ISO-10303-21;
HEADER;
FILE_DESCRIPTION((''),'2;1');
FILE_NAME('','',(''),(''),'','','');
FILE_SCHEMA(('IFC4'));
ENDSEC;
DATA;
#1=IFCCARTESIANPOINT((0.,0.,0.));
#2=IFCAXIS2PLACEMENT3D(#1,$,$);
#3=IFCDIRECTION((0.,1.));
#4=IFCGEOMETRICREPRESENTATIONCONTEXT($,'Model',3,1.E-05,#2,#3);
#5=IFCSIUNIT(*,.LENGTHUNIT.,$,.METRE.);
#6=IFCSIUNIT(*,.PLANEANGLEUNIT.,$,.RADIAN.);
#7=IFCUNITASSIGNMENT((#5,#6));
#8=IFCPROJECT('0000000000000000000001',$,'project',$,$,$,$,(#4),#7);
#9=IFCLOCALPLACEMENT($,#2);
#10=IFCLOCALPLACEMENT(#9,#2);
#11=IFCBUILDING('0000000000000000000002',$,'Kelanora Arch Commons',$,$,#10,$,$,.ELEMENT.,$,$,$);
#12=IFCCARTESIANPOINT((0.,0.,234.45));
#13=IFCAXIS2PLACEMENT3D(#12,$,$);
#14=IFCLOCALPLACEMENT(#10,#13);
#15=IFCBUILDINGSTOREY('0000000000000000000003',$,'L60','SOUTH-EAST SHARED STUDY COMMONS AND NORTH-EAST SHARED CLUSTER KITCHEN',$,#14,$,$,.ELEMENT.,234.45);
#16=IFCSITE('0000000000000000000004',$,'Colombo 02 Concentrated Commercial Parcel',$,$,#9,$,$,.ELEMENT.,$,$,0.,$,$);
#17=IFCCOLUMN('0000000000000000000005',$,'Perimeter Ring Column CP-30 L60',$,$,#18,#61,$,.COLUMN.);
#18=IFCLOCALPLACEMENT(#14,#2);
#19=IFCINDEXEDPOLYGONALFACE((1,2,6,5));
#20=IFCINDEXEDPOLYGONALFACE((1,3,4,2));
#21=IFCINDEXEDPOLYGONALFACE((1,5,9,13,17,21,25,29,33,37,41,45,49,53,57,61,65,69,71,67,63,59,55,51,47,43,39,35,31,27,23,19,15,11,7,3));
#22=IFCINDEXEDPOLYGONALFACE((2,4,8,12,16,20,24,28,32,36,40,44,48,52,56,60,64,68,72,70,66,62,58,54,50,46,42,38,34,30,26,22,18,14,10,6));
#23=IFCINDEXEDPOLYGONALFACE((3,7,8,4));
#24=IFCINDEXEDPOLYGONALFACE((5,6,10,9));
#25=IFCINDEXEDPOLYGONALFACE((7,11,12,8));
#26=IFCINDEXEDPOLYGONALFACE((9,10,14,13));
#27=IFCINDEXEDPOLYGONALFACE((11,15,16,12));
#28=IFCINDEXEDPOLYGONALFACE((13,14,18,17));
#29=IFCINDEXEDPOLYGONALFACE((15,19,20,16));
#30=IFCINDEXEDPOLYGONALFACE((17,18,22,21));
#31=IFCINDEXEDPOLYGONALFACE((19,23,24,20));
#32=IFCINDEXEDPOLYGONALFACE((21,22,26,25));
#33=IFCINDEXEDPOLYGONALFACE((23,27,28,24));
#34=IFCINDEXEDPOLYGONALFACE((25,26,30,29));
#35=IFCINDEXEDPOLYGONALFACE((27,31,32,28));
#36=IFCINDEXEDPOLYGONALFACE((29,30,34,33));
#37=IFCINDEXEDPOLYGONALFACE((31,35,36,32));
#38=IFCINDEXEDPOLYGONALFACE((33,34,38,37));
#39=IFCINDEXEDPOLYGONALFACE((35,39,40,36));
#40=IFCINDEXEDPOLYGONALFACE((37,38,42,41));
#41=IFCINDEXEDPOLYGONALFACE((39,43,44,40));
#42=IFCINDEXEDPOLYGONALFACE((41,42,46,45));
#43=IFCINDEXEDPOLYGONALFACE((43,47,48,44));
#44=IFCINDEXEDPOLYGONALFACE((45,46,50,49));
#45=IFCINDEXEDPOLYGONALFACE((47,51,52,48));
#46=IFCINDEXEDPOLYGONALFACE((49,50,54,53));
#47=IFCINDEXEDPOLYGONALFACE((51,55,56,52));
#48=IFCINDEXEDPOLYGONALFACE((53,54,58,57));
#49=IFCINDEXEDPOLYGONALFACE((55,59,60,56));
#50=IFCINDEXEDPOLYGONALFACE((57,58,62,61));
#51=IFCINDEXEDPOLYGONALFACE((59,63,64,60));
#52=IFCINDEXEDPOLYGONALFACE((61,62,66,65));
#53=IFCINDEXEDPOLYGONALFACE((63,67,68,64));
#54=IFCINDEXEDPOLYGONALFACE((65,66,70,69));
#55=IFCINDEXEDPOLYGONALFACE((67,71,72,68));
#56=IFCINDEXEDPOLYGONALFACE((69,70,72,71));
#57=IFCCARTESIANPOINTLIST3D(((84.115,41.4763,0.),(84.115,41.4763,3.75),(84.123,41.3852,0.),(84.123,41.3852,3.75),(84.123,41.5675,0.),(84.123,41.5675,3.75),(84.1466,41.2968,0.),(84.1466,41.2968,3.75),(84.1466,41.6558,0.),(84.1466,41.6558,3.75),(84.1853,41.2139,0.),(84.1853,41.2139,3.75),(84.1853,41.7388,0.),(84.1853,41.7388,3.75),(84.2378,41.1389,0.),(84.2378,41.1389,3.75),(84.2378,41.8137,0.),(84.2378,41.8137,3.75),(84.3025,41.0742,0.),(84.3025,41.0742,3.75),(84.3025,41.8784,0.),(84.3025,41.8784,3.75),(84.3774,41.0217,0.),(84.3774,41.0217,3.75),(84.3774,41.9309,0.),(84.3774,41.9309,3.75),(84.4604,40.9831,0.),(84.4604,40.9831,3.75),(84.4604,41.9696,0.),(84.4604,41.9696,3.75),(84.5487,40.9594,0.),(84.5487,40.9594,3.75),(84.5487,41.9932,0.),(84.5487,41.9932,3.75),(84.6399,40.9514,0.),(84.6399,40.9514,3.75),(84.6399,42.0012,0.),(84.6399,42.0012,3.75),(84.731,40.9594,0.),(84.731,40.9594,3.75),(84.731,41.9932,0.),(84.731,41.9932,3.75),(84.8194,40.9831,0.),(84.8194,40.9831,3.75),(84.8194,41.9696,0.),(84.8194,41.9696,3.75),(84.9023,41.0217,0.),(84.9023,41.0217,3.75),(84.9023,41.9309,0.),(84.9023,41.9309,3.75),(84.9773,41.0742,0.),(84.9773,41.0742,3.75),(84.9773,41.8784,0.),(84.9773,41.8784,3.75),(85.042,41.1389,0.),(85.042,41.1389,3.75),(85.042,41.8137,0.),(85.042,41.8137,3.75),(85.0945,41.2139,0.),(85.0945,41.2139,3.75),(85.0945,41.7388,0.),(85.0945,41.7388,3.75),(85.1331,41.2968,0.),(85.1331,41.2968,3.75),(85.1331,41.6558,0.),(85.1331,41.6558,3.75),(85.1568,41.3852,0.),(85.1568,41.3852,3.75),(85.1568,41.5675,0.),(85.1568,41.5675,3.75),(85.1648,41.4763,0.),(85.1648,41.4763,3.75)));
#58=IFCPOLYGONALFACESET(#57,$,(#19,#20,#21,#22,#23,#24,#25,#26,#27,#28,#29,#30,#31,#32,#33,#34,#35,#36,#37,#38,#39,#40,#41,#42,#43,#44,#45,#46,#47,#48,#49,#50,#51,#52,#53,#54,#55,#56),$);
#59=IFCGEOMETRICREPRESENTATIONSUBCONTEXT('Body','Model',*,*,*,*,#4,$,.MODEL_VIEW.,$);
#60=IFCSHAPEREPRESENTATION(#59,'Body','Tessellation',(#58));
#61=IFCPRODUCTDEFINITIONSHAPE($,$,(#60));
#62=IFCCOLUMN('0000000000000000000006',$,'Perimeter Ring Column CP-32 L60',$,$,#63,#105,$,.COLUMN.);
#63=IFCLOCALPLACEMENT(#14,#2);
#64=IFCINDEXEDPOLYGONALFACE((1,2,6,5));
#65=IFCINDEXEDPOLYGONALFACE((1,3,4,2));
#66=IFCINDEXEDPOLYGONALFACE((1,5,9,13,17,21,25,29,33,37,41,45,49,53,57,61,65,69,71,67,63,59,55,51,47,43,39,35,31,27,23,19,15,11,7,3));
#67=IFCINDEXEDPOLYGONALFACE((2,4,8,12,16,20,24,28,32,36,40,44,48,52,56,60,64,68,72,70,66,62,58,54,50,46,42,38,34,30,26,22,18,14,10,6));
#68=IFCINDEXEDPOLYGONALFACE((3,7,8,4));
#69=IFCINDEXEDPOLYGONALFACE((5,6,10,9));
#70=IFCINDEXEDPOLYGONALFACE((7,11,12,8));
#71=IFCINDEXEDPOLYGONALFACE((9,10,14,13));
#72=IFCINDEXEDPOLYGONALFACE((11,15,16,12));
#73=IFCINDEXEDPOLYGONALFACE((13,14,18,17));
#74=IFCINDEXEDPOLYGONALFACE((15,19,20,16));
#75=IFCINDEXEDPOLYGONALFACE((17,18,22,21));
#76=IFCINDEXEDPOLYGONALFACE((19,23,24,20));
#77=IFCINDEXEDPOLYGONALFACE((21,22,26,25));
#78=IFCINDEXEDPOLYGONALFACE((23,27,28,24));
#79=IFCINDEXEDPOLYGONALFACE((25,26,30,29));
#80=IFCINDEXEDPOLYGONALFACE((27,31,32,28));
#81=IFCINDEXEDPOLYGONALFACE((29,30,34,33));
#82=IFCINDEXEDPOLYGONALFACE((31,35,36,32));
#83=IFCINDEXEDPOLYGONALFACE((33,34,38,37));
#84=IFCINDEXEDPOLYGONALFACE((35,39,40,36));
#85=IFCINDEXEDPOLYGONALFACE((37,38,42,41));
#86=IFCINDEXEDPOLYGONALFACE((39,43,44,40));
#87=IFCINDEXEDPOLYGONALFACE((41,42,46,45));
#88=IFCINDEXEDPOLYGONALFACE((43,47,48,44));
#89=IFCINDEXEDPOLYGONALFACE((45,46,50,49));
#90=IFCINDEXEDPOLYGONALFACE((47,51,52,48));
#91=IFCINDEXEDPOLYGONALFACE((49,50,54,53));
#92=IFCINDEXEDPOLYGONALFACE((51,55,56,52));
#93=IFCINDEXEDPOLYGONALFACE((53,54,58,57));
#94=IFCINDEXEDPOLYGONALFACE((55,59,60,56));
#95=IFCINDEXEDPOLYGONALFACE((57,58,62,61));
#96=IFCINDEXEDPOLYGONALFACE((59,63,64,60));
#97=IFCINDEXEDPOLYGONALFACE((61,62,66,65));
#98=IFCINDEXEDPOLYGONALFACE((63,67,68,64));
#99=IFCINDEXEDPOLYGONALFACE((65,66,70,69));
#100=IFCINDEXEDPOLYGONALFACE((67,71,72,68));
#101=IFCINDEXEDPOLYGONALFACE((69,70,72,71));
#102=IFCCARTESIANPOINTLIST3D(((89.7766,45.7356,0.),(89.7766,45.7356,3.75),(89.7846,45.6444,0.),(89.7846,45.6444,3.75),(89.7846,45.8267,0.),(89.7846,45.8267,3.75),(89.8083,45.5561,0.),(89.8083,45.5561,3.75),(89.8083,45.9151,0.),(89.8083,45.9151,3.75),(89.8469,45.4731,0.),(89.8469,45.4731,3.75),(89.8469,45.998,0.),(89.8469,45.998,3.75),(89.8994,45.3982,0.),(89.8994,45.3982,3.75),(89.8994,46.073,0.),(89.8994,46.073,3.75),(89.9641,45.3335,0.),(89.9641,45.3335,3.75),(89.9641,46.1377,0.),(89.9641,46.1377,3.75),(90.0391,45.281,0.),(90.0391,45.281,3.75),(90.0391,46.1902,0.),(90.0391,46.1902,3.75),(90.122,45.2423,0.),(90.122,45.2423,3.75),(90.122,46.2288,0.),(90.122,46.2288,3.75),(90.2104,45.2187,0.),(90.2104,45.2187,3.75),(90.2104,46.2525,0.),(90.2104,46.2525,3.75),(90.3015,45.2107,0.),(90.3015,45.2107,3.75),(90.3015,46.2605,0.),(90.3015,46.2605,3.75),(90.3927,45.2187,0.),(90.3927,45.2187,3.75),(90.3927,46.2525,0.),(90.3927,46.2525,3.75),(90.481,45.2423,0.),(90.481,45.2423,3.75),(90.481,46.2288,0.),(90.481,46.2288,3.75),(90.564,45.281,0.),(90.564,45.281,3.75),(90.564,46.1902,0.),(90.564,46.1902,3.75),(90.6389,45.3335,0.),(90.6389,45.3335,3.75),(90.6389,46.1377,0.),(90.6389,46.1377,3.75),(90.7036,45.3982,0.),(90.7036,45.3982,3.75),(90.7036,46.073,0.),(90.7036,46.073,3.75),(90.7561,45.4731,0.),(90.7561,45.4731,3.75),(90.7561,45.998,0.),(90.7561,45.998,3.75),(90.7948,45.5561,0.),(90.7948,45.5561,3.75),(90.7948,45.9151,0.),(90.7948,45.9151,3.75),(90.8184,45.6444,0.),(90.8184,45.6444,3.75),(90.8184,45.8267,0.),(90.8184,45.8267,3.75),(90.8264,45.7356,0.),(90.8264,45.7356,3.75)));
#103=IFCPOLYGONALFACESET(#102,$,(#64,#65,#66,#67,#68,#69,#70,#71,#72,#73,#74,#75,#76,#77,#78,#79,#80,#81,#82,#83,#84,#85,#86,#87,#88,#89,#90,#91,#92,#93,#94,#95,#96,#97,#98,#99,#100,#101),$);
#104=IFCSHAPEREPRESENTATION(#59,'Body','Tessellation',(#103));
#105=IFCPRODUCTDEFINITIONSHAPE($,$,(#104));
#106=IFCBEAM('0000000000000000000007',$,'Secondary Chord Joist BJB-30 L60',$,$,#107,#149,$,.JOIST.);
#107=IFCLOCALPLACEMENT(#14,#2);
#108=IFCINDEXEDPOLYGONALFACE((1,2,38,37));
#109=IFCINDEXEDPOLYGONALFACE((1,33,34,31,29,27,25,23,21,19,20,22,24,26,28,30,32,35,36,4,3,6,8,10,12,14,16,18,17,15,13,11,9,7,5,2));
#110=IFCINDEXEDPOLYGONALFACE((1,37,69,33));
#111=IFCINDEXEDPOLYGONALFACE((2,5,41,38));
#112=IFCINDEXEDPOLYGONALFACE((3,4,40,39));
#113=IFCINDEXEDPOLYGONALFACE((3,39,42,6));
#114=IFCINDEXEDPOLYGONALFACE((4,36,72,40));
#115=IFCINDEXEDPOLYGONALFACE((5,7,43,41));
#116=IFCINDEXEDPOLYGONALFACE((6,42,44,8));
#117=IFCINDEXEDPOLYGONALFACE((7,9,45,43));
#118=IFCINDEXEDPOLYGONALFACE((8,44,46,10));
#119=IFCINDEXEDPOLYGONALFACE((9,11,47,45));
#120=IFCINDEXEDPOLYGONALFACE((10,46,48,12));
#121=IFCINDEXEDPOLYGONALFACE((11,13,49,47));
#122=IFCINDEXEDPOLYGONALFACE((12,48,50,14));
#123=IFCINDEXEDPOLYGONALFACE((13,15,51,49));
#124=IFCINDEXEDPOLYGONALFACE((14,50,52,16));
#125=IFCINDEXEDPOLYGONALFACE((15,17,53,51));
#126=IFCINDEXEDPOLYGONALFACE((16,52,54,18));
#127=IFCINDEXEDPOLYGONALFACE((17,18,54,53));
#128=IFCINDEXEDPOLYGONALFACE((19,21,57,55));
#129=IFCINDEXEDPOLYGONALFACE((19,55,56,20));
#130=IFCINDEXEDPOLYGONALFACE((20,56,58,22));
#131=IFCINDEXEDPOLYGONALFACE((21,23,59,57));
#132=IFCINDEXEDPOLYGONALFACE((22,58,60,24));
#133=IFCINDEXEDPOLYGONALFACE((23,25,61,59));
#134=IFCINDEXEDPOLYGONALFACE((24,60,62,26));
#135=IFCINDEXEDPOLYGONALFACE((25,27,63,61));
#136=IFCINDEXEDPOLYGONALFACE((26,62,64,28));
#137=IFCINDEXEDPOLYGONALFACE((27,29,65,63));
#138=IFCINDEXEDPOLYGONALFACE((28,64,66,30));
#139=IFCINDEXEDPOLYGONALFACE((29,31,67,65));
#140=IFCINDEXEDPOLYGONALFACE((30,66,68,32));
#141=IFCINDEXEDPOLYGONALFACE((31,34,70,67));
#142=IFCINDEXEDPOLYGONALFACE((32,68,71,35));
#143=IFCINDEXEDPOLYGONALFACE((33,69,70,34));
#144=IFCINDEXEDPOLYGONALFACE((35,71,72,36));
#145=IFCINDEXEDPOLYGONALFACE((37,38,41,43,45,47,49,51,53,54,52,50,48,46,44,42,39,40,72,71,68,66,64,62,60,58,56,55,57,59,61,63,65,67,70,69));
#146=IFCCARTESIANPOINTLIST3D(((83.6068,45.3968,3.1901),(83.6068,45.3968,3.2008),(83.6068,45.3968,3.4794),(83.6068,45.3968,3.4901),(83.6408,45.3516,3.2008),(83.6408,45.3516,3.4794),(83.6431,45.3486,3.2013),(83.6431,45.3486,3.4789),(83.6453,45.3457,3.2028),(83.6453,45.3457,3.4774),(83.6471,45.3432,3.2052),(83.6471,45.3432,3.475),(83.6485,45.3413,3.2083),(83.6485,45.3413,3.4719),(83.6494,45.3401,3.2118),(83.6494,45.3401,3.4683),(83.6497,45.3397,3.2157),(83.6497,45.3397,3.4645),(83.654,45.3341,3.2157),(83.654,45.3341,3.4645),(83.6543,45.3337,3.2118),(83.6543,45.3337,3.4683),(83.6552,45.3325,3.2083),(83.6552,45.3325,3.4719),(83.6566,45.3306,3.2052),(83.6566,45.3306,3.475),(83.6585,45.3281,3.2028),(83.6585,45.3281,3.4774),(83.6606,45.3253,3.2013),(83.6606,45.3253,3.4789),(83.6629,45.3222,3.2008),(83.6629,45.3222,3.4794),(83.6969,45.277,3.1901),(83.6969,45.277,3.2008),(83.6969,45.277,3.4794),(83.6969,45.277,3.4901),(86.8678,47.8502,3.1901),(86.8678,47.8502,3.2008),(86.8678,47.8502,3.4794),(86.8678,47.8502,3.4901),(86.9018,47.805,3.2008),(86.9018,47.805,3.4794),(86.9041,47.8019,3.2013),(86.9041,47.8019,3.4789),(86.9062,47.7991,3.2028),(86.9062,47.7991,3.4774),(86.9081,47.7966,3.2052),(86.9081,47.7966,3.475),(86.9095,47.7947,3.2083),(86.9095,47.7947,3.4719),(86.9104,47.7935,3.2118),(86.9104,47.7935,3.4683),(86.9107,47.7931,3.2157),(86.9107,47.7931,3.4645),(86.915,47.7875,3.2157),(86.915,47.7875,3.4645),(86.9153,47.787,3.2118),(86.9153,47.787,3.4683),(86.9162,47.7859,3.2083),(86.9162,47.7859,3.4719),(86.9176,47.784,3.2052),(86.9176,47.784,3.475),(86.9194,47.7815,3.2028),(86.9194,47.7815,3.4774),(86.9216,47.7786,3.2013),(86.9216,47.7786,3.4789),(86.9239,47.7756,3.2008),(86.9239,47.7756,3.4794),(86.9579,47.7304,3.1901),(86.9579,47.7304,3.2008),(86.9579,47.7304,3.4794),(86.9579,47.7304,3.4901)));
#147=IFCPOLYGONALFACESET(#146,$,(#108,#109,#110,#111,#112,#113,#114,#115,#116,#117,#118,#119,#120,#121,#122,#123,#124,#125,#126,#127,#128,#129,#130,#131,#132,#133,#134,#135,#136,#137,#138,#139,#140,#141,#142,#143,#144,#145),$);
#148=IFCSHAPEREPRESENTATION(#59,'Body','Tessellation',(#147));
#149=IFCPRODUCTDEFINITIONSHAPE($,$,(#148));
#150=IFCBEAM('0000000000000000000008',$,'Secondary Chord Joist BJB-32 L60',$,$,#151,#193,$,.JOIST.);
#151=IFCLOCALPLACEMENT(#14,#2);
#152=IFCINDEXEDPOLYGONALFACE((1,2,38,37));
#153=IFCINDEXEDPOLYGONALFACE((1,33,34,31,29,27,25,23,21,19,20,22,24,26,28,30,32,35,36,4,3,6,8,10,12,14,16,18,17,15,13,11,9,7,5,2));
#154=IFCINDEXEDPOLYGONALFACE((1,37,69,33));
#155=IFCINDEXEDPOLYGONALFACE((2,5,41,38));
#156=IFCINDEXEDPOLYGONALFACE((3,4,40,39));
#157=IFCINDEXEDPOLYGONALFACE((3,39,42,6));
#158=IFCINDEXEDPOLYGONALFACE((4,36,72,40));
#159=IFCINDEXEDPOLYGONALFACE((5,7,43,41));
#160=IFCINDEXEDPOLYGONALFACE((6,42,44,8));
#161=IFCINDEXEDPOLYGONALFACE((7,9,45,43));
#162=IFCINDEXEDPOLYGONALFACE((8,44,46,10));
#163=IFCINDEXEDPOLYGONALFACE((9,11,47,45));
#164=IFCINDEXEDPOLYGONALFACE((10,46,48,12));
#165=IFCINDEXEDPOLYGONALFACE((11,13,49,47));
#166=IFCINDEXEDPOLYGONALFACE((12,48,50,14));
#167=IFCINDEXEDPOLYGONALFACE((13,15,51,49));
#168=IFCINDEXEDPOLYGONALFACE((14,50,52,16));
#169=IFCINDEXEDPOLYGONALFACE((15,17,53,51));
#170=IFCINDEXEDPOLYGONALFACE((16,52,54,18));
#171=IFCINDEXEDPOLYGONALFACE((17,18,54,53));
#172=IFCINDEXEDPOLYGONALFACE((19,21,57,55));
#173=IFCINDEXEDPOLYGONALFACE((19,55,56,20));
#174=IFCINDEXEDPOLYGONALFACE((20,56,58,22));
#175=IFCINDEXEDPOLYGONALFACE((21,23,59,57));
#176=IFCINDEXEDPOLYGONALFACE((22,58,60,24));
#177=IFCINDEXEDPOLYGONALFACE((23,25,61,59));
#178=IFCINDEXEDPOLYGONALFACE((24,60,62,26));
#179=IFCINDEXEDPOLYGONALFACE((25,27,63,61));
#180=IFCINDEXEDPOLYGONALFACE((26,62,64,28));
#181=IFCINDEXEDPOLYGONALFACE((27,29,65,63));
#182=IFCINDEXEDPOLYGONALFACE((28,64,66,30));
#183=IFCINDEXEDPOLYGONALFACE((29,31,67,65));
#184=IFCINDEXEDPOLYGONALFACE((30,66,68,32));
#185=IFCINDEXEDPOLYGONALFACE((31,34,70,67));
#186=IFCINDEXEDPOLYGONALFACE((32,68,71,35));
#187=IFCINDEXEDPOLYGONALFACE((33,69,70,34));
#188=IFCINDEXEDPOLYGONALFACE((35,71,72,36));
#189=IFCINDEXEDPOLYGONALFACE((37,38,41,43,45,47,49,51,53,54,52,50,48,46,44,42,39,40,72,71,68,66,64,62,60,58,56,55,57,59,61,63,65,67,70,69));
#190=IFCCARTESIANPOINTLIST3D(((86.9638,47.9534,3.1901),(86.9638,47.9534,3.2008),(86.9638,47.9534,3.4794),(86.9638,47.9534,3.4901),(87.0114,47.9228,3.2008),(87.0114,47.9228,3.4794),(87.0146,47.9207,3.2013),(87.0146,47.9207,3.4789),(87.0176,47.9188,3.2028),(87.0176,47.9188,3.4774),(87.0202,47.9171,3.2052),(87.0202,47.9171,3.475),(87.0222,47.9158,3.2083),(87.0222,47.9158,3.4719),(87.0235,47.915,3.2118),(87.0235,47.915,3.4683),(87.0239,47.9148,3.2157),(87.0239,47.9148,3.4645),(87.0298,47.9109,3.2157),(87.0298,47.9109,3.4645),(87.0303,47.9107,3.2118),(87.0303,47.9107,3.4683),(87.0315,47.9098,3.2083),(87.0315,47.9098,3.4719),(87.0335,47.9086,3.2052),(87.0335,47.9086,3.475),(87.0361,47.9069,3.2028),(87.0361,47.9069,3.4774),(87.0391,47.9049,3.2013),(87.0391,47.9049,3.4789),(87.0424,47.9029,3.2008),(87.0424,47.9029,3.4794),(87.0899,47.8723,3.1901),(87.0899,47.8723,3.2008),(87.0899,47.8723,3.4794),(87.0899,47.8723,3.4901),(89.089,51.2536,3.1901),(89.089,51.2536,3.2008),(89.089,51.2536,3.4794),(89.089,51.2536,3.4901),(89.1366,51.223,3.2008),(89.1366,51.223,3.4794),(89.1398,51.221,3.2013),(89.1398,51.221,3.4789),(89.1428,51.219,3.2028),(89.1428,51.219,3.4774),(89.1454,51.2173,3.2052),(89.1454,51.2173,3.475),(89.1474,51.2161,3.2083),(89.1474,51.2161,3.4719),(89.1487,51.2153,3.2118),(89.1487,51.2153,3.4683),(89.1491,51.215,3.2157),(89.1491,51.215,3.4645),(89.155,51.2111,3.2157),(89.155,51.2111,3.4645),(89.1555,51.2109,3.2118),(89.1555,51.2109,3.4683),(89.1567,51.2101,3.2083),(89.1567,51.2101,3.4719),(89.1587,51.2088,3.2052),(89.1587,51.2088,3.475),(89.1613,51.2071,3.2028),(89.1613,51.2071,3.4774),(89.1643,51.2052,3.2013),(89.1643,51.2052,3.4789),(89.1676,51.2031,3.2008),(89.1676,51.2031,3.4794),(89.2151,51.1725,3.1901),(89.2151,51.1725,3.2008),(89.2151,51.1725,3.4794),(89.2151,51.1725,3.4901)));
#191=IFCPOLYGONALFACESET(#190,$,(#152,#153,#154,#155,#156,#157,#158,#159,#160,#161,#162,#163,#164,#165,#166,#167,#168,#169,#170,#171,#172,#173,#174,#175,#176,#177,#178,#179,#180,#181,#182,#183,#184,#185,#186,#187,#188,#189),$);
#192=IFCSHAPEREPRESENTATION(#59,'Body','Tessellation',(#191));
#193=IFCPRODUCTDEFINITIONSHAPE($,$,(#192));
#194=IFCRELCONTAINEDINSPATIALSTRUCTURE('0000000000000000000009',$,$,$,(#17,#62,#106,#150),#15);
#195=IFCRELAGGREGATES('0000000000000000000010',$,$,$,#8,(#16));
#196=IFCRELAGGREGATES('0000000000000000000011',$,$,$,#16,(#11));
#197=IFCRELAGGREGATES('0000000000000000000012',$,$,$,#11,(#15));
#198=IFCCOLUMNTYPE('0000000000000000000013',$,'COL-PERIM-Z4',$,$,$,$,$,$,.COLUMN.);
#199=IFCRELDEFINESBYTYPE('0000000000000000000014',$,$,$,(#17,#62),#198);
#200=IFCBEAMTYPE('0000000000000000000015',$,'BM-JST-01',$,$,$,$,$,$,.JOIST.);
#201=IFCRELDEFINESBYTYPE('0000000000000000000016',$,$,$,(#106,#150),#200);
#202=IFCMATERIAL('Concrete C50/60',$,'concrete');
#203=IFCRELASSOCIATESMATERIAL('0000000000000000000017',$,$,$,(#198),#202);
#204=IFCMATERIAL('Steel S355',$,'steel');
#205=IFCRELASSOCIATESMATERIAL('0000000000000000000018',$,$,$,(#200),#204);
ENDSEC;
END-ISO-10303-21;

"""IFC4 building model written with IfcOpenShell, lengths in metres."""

from ifc_helpers import new_model, si_unit, direction, frame, origin, origin_2d, place, context, subcontext, project, spatial, circle, i_section, extrude, material, material_profile, profile_set, type_object, element, save


model = new_model("IFC4")

# Units and contexts
model_context = context("Model", 3, precision=1e-05, world=origin(), true_north=direction((0.0, 1.0)))
body_context = subcontext(model_context, "Body", "Model", "MODEL_VIEW")
ifc_project = project(units=[si_unit("LENGTHUNIT", "METRE"), si_unit("PLANEANGLEUNIT", "RADIAN")], contexts=[model_context])

# Site, building, storey
site_placement = place(None, origin())
site = spatial("IfcSite", under=ifc_project, at=site_placement, Name="Colombo 02 Concentrated Commercial Parcel", CompositionType="ELEMENT", RefElevation=0.0)
building_placement = place(site_placement, origin())
building = spatial("IfcBuilding", under=site, at=building_placement, Name="Kelanora Arch Commons", CompositionType="ELEMENT")
storey_placement = place(building_placement, frame((0.0, 0.0, 234.45)))
storey = spatial("IfcBuildingStorey", under=building, at=storey_placement, Name="L60", Description="SOUTH-EAST SHARED STUDY COMMONS AND NORTH-EAST SHARED CLUSTER KITCHEN", CompositionType="ELEMENT", Elevation=234.45)

# Columns
ifc_material_1 = material(Name="Concrete C50/60", Category="concrete")
ifc_material_profile_1 = material_profile(ifc_material_1, circle(Radius=0.5249, at=origin_2d()), Name="RCC1050")
ifc_profile_set_1 = profile_set([ifc_material_profile_1], Name="Concrete C50/60")
column_type = type_object("IfcColumnType", Name="COL-PERIM-Z4", PredefinedType="COLUMN", material=ifc_profile_set_1)
for number, where, z_axis, x_axis, name in (
    (1, (84.6399, 41.4763, 0.0), (0.0, 0.0, 1.0), (1.0, 0.0, 0.0), "Perimeter Ring Column CP-30 L60"),
    (2, (90.3015, 45.7356, 0.0), (0.0, 0.0, 1.0), (1.0, 0.0, 0.0), "Perimeter Ring Column CP-32 L60"),
):
    element("IfcColumn", number, at=place(storey_placement, frame(where, z_axis=z_axis, x_axis=x_axis)), inside=storey, type_object=column_type, Name=name, PredefinedType="COLUMN", context=body_context, shape_type="SweptSolid", body=[
        extrude(circle(Radius=0.5249, at=origin_2d()), origin(), (0.0, 0.0, 1.0), 3.75),
    ])

# Beams
ifc_material_2 = material(Name="Steel S355", Category="steel")
ifc_material_profile_2 = material_profile(ifc_material_2, i_section(OverallWidth=0.1499, OverallDepth=0.3, WebThickness=0.0071, FlangeThickness=0.0107, FilletRadius=0.0149, at=origin_2d()), Name="IPE300")
ifc_profile_set_2 = profile_set([ifc_material_profile_2], Name="Steel S355")
beam_type_1 = type_object("IfcBeamType", Name="BM-JST-01", PredefinedType="JOIST", material=ifc_profile_set_2)
beam_1_placement = place(storey_placement, frame((83.6519, 45.3369, 3.3401), z_axis=(0.799102, 0.601196, 0.0), x_axis=(-0.601196, 0.799102, 0.0)))
element("IfcBeam", 3, at=beam_1_placement, inside=storey, type_object=beam_type_1, Name="Secondary Chord Joist BJB-30 L60", PredefinedType="JOIST", context=body_context, shape_type="SweptSolid", body=[
    extrude(i_section(OverallWidth=0.1499, OverallDepth=0.3, WebThickness=0.0071, FlangeThickness=0.0107, FilletRadius=0.0149, at=origin_2d()), origin(), (0.0, 0.0, 1.0), 4.0808),
])
beam_2_placement = place(storey_placement, frame((87.0269, 47.9128, 3.3401), z_axis=(0.541411, 0.840758, 0.0), x_axis=(-0.840758, 0.541411, 0.0)))
element("IfcBeam", 4, at=beam_2_placement, inside=storey, type_object=beam_type_1, Name="Secondary Chord Joist BJB-32 L60", PredefinedType="JOIST", context=body_context, shape_type="SweptSolid", body=[
    extrude(i_section(OverallWidth=0.1499, OverallDepth=0.3, WebThickness=0.0071, FlangeThickness=0.0107, FilletRadius=0.0149, at=origin_2d()), origin(), (0.0, 0.0, 1.0), 3.9253),
])

save(model, "model.ifc")
